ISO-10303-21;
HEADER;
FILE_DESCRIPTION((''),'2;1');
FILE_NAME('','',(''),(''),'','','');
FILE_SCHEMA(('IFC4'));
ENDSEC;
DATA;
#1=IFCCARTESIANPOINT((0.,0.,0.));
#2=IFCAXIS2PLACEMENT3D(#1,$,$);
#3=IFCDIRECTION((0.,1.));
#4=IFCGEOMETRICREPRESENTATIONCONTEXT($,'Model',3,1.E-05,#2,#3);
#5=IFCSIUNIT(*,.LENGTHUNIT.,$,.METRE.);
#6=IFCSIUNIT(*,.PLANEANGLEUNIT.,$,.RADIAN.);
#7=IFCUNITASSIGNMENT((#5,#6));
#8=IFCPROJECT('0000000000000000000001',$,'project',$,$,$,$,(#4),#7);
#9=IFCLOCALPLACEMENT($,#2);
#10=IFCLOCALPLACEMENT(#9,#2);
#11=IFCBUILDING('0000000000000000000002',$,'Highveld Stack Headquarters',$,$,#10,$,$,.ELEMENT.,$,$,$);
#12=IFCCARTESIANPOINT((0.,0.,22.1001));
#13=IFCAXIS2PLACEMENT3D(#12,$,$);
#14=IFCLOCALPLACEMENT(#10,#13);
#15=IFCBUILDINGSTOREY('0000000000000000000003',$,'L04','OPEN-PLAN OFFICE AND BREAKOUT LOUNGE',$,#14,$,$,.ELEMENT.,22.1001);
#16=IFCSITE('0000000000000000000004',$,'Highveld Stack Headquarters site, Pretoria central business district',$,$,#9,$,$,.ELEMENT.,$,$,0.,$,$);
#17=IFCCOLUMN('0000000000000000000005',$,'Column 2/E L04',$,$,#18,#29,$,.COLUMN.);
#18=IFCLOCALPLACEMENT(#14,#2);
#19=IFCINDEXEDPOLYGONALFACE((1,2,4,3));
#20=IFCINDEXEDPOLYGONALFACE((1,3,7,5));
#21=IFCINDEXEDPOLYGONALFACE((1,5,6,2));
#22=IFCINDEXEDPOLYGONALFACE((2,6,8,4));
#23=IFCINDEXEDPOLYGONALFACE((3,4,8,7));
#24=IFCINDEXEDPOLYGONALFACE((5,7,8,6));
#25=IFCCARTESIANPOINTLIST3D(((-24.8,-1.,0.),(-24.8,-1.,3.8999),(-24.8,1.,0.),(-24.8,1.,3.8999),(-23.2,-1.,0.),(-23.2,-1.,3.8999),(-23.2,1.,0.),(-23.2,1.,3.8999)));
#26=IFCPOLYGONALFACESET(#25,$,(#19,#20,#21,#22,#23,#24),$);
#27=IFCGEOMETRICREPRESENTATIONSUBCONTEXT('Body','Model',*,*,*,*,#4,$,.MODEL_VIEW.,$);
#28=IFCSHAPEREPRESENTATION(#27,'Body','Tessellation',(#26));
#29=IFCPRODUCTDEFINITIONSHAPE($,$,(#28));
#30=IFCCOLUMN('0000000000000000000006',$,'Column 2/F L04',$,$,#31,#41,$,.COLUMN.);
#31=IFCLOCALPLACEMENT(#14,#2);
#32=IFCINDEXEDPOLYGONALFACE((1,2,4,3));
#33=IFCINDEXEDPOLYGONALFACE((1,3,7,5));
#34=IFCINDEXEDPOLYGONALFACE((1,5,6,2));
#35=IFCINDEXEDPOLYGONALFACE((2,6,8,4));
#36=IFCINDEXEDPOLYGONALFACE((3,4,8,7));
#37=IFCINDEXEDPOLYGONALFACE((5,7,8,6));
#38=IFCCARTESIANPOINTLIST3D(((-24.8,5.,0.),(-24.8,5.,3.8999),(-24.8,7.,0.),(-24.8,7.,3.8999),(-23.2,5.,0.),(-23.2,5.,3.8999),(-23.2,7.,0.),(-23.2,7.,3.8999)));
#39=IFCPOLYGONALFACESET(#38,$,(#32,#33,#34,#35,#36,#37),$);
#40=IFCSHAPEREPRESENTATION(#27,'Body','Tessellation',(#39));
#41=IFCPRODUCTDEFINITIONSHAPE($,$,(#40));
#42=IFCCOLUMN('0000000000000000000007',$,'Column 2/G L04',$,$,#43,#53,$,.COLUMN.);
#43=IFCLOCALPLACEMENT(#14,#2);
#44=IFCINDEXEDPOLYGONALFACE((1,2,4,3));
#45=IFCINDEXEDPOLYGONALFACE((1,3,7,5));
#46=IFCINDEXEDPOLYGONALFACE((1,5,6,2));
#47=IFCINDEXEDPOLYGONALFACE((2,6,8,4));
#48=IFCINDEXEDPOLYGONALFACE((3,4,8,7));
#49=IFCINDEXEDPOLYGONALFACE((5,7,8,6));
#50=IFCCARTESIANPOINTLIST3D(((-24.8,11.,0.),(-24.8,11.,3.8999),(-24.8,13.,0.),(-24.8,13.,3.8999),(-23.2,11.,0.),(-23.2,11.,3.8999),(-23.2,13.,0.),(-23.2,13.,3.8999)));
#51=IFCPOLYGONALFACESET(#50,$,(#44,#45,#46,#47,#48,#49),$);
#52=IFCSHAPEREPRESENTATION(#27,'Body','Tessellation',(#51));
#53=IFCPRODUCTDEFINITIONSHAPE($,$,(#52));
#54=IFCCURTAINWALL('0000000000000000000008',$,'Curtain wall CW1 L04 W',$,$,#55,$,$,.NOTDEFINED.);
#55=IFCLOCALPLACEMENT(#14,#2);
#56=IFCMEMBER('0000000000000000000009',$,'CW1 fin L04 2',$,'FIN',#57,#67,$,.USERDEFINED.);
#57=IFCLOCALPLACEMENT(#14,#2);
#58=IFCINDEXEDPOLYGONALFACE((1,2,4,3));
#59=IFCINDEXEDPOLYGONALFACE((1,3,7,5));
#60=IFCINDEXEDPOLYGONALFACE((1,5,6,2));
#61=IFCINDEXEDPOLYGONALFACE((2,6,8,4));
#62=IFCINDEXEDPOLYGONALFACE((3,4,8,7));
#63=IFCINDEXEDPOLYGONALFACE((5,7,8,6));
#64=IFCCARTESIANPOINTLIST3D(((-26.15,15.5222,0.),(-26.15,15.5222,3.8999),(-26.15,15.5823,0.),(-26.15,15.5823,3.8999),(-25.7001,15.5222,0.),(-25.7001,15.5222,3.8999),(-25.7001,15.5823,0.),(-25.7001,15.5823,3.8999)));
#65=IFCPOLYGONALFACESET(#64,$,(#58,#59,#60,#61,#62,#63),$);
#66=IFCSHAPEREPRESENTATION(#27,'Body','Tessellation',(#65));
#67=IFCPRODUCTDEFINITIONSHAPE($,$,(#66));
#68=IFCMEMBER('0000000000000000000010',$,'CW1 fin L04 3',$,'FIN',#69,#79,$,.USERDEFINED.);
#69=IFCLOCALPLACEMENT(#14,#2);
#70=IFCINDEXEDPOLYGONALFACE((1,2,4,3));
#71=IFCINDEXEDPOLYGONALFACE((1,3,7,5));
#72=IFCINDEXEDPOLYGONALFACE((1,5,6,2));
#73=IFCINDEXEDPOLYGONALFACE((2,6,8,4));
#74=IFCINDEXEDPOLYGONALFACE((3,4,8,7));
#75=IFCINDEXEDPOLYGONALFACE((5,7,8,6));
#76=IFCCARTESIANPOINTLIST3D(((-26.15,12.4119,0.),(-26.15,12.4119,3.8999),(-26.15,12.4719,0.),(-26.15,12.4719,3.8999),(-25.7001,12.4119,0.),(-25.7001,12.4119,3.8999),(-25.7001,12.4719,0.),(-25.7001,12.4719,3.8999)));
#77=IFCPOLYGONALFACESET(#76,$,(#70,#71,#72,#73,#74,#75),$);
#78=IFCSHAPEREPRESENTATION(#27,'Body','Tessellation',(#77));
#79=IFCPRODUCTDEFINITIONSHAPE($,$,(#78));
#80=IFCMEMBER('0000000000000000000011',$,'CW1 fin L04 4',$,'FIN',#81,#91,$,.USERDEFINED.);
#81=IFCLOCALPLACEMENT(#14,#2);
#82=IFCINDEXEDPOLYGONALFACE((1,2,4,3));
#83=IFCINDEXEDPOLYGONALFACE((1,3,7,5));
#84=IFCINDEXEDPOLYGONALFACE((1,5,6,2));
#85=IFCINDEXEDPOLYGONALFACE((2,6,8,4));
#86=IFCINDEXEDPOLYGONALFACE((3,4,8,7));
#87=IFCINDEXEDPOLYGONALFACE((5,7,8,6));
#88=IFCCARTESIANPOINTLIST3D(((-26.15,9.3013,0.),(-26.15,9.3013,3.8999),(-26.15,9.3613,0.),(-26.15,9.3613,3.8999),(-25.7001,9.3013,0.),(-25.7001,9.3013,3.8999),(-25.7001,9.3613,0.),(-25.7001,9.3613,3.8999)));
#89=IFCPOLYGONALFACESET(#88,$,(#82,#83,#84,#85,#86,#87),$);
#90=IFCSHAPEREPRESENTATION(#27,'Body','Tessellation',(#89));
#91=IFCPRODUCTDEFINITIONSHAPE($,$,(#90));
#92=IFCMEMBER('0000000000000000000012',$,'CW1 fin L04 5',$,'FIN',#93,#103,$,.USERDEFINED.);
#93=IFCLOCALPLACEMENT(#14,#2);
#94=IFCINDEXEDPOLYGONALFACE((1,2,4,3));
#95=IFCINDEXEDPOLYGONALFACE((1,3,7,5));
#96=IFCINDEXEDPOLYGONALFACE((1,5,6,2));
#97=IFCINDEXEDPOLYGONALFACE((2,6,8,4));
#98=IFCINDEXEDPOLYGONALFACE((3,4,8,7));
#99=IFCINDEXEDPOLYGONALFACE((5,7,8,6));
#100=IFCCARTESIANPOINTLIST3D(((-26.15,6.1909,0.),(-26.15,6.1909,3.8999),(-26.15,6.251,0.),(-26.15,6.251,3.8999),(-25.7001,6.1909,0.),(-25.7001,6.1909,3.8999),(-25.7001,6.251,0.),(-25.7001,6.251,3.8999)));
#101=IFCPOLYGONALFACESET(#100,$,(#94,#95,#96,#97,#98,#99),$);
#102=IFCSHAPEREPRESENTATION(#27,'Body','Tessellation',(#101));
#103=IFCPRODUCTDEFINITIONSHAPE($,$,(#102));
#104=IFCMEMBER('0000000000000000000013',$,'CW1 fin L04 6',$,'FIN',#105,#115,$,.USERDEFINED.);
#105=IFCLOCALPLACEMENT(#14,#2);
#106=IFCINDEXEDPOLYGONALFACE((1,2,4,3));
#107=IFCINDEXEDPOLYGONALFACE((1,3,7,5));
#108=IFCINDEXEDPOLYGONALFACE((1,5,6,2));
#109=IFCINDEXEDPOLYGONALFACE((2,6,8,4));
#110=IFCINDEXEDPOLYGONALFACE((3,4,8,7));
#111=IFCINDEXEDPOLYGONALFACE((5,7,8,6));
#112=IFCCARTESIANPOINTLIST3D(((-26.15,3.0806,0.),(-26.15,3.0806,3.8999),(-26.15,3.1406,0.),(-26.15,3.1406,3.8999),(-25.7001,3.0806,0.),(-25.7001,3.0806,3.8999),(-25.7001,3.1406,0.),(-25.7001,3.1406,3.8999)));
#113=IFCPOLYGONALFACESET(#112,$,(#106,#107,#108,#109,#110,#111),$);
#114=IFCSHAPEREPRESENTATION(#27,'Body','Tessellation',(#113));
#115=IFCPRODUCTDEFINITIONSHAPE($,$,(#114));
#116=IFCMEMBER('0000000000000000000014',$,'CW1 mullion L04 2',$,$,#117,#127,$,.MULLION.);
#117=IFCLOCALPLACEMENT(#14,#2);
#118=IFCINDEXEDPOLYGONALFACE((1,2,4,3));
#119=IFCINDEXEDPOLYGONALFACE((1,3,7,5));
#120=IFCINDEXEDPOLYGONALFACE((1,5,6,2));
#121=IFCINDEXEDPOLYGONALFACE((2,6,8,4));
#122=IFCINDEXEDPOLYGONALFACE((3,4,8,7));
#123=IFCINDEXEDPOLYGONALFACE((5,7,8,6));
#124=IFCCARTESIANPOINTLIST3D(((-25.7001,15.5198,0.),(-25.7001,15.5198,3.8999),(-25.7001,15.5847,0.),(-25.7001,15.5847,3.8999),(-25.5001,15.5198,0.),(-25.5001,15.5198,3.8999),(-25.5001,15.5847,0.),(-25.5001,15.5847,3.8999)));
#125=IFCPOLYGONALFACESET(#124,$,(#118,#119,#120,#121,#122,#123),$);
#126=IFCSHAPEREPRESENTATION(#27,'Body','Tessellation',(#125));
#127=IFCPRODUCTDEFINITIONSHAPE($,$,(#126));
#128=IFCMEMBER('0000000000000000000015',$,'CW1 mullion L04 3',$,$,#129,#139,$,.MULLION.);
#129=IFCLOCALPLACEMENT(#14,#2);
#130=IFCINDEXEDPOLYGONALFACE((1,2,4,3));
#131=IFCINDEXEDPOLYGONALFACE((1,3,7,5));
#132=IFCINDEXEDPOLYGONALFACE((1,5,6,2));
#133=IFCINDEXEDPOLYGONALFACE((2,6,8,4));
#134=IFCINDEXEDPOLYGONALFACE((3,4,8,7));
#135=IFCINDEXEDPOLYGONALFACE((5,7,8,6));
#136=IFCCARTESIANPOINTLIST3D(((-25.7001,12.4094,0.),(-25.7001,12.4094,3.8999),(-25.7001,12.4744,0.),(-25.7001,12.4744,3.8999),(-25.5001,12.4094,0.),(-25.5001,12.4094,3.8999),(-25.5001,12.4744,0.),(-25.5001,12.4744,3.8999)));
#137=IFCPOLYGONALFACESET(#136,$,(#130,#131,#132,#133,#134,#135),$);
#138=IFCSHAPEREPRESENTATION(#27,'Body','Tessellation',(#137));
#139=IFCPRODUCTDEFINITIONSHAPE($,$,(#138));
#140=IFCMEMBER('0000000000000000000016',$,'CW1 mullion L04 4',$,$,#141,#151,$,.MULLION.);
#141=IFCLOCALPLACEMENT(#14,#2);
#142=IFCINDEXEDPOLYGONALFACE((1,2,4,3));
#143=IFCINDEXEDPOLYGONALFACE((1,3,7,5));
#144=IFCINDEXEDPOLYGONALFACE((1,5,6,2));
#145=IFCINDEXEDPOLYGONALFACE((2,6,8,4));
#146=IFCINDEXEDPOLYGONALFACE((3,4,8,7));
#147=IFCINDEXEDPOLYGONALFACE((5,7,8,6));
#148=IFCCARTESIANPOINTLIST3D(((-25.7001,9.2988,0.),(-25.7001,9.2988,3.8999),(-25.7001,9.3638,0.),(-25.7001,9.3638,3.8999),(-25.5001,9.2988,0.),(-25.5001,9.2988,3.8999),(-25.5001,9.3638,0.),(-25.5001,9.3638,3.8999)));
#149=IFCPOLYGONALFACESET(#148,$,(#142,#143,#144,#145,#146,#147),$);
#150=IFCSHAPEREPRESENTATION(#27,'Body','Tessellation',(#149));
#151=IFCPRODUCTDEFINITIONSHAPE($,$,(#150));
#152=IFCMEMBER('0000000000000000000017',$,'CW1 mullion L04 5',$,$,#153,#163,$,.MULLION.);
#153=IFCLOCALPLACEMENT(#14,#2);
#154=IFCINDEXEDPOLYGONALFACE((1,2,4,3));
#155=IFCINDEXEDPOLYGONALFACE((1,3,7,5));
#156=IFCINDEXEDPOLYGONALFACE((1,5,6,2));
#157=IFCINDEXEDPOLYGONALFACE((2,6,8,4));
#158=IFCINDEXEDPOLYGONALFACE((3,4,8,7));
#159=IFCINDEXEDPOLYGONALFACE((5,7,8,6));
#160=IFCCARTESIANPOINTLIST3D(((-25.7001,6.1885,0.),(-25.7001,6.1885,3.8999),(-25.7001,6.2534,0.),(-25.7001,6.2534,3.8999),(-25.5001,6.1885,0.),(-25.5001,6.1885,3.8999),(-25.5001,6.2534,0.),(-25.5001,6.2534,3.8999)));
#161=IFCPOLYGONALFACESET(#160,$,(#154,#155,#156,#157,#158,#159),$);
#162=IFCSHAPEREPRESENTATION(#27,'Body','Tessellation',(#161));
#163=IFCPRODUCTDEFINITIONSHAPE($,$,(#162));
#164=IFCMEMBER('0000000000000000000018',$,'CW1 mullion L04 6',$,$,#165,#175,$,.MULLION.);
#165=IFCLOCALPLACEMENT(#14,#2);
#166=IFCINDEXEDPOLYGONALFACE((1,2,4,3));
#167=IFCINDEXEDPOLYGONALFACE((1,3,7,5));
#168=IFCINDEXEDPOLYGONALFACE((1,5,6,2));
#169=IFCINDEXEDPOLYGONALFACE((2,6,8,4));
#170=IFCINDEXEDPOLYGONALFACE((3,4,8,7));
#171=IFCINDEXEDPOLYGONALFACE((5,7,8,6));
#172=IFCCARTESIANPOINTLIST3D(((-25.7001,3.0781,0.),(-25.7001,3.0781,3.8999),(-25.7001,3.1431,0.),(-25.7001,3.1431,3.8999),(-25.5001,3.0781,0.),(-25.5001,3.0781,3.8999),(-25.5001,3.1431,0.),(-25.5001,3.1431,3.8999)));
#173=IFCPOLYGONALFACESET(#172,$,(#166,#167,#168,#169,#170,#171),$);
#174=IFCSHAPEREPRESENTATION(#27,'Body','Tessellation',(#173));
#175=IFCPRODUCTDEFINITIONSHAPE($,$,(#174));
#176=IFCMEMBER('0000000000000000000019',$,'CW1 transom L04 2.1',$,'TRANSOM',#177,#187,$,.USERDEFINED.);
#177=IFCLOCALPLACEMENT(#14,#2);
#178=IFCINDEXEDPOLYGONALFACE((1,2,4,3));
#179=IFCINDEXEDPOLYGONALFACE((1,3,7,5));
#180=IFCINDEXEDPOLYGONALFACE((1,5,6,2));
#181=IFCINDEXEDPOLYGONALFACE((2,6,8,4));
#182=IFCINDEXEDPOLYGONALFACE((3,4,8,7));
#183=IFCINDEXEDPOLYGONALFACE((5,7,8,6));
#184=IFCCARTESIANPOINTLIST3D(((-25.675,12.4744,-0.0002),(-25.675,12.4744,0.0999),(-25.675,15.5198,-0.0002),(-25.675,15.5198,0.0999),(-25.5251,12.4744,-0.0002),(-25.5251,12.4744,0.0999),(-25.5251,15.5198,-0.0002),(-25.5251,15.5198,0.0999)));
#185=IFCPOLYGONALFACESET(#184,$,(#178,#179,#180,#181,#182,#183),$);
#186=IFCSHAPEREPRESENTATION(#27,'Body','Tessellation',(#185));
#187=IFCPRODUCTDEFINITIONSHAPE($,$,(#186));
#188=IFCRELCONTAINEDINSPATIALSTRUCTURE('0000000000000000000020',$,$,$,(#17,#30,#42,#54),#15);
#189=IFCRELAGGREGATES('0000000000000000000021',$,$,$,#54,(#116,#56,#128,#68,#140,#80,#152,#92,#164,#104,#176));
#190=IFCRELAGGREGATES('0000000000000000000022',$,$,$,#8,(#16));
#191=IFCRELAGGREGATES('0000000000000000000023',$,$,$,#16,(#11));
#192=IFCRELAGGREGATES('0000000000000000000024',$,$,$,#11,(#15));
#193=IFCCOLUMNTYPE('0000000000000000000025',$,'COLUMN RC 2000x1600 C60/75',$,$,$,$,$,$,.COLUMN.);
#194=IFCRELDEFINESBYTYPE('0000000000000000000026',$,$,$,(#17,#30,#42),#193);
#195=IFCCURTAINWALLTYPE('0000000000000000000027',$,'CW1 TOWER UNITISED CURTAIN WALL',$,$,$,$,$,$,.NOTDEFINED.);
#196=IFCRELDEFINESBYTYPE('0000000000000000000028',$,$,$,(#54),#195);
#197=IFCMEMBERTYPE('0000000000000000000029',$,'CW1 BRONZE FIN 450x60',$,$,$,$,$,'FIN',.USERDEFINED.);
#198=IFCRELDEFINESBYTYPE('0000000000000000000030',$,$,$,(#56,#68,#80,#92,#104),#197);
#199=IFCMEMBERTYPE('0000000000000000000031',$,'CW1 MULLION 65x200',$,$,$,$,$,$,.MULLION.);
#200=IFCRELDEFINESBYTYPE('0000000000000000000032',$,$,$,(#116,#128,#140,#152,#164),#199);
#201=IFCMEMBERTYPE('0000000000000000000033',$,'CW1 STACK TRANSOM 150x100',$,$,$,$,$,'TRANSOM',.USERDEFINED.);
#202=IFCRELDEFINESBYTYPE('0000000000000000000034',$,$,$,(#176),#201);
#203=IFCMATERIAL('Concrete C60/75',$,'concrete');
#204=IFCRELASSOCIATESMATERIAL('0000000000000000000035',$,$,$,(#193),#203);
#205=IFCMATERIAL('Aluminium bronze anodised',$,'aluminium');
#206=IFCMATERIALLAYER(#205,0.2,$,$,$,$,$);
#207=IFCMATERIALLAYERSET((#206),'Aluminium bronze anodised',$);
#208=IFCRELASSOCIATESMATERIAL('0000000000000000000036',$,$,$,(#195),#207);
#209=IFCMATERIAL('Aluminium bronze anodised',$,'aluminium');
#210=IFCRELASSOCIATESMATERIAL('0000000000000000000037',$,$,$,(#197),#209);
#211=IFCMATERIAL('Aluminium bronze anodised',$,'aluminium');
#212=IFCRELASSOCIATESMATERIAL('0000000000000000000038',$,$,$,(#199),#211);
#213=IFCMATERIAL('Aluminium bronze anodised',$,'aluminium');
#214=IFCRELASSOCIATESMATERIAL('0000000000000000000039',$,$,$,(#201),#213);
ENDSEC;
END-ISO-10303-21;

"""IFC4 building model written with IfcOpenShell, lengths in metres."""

from ifc_helpers import new_model, si_unit, direction, frame, origin, origin_2d, place, context, subcontext, project, spatial, rectangle, extrude, material, layer, layer_set, material_profile, profile_set, type_object, element, aggregate, save


model = new_model("IFC4")

# Units and contexts
model_context = context("Model", 3, precision=1e-05, world=origin(), true_north=direction((0.0, 1.0)))
body_context = subcontext(model_context, "Body", "Model", "MODEL_VIEW")
ifc_project = project(units=[si_unit("LENGTHUNIT", "METRE"), si_unit("PLANEANGLEUNIT", "RADIAN")], contexts=[model_context])

# Site, building, storey
site_placement = place(None, origin())
site = spatial("IfcSite", under=ifc_project, at=site_placement, Name="Highveld Stack Headquarters site, Pretoria central business district", CompositionType="ELEMENT", RefElevation=0.0)
building_placement = place(site_placement, origin())
building = spatial("IfcBuilding", under=site, at=building_placement, Name="Highveld Stack Headquarters", CompositionType="ELEMENT")
storey_placement = place(building_placement, frame((0.0, 0.0, 22.1001)))
storey = spatial("IfcBuildingStorey", under=building, at=storey_placement, Name="L04", Description="OPEN-PLAN OFFICE AND BREAKOUT LOUNGE", CompositionType="ELEMENT", Elevation=22.1001)

# Columns
ifc_material_1 = material(Name="Concrete C60/75", Category="concrete")
ifc_material_profile_1 = material_profile(ifc_material_1, rectangle(XDim=2.0, YDim=1.6001, at=origin_2d()), Name="RC 2000x1600")
ifc_profile_set_1 = profile_set([ifc_material_profile_1], Name="Concrete C60/75")
column_type = type_object("IfcColumnType", Name="COLUMN RC 2000x1600 C60/75", PredefinedType="COLUMN", material=ifc_profile_set_1)
for number, where, z_axis, x_axis, name in (
    (1, (-24.0, 0.0, 0.0), (0.0, 0.0, 1.0), (0.0, 1.0, 0.0), "Column 2/E L04"),
    (2, (-24.0, 6.0, 0.0), (0.0, 0.0, 1.0), (0.0, 1.0, 0.0), "Column 2/F L04"),
    (3, (-24.0, 12.0, 0.0), (0.0, 0.0, 1.0), (0.0, 1.0, 0.0), "Column 2/G L04"),
):
    element("IfcColumn", number, at=place(storey_placement, frame(where, z_axis=z_axis, x_axis=x_axis)), inside=storey, type_object=column_type, Name=name, PredefinedType="COLUMN", context=body_context, shape_type="SweptSolid", body=[
        extrude(rectangle(XDim=2.0, YDim=1.6001, at=origin_2d()), origin(), (0.0, 0.0, 1.0), 3.8999),
    ])

# Curtain wall, members
ifc_material_2 = material(Name="Aluminium bronze anodised", Category="aluminium")
ifc_layer_1 = layer(ifc_material_2, 0.2)
ifc_layer_set_1 = layer_set([ifc_layer_1], Name="Aluminium bronze anodised")
curtain_wall_type = type_object("IfcCurtainWallType", Name="CW1 TOWER UNITISED CURTAIN WALL", PredefinedType="NOTDEFINED", material=ifc_layer_set_1)
curtain_wall_placement = place(storey_placement, origin())
curtain_wall = element("IfcCurtainWall", 4, at=curtain_wall_placement, inside=storey, type_object=curtain_wall_type, Name="Curtain wall CW1 L04 W", PredefinedType="NOTDEFINED")
ifc_material_3 = material(Name="Aluminium bronze anodised", Category="aluminium")
ifc_material_profile_2 = material_profile(ifc_material_3, rectangle(XDim=0.45, YDim=0.0601, at=origin_2d()), Name="FIN 450x60")
ifc_profile_set_2 = profile_set([ifc_material_profile_2], Name="Aluminium bronze anodised")
member_type_1 = type_object("IfcMemberType", Name="CW1 BRONZE FIN 450x60", ElementType="FIN", PredefinedType="USERDEFINED", material=ifc_profile_set_2)
member_1_placement = place(storey_placement, frame((-25.925, 15.5522, 0.0), z_axis=(0.0, 0.0, 1.0), x_axis=(1.0, 0.0, 0.0)))
member_1 = element("IfcMember", 5, at=member_1_placement, type_object=member_type_1, Name="CW1 fin L04 2", ObjectType="FIN", PredefinedType="USERDEFINED", context=body_context, shape_type="SweptSolid", body=[
    extrude(rectangle(XDim=0.45, YDim=0.0601, at=origin_2d()), origin(), (0.0, 0.0, 1.0), 3.8999),
])
member_2_placement = place(storey_placement, frame((-25.925, 12.4419, 0.0), z_axis=(0.0, 0.0, 1.0), x_axis=(1.0, 0.0, 0.0)))
member_2 = element("IfcMember", 6, at=member_2_placement, type_object=member_type_1, Name="CW1 fin L04 3", ObjectType="FIN", PredefinedType="USERDEFINED", context=body_context, shape_type="SweptSolid", body=[
    extrude(rectangle(XDim=0.45, YDim=0.0601, at=origin_2d()), origin(), (0.0, 0.0, 1.0), 3.8999),
])
member_3_placement = place(storey_placement, frame((-25.925, 9.3313, 0.0), z_axis=(0.0, 0.0, 1.0), x_axis=(1.0, 0.0, 0.0)))
member_3 = element("IfcMember", 7, at=member_3_placement, type_object=member_type_1, Name="CW1 fin L04 4", ObjectType="FIN", PredefinedType="USERDEFINED", context=body_context, shape_type="SweptSolid", body=[
    extrude(rectangle(XDim=0.45, YDim=0.0601, at=origin_2d()), origin(), (0.0, 0.0, 1.0), 3.8999),
])
member_4_placement = place(storey_placement, frame((-25.925, 6.2209, 0.0), z_axis=(0.0, 0.0, 1.0), x_axis=(1.0, 0.0, 0.0)))
member_4 = element("IfcMember", 8, at=member_4_placement, type_object=member_type_1, Name="CW1 fin L04 5", ObjectType="FIN", PredefinedType="USERDEFINED", context=body_context, shape_type="SweptSolid", body=[
    extrude(rectangle(XDim=0.45, YDim=0.0601, at=origin_2d()), origin(), (0.0, 0.0, 1.0), 3.8999),
])
member_5_placement = place(storey_placement, frame((-25.925, 3.1106, 0.0), z_axis=(0.0, 0.0, 1.0), x_axis=(1.0, 0.0, 0.0)))
member_5 = element("IfcMember", 9, at=member_5_placement, type_object=member_type_1, Name="CW1 fin L04 6", ObjectType="FIN", PredefinedType="USERDEFINED", context=body_context, shape_type="SweptSolid", body=[
    extrude(rectangle(XDim=0.45, YDim=0.0601, at=origin_2d()), origin(), (0.0, 0.0, 1.0), 3.8999),
])
ifc_material_4 = material(Name="Aluminium bronze anodised", Category="aluminium")
ifc_material_profile_3 = material_profile(ifc_material_4, rectangle(XDim=0.2, YDim=0.0649, at=origin_2d()), Name="CW1 MULLION 65x200")
ifc_profile_set_3 = profile_set([ifc_material_profile_3], Name="Aluminium bronze anodised")
member_type_2 = type_object("IfcMemberType", Name="CW1 MULLION 65x200", PredefinedType="MULLION", material=ifc_profile_set_3)
member_6_placement = place(storey_placement, frame((-25.6001, 15.5522, 0.0), z_axis=(0.0, 0.0, 1.0), x_axis=(1.0, 0.0, 0.0)))
member_6 = element("IfcMember", 10, at=member_6_placement, type_object=member_type_2, Name="CW1 mullion L04 2", PredefinedType="MULLION", context=body_context, shape_type="SweptSolid", body=[
    extrude(rectangle(XDim=0.2, YDim=0.0649, at=origin_2d()), origin(), (0.0, 0.0, 1.0), 3.8999),
])
member_7_placement = place(storey_placement, frame((-25.6001, 12.4419, 0.0), z_axis=(0.0, 0.0, 1.0), x_axis=(1.0, 0.0, 0.0)))
member_7 = element("IfcMember", 11, at=member_7_placement, type_object=member_type_2, Name="CW1 mullion L04 3", PredefinedType="MULLION", context=body_context, shape_type="SweptSolid", body=[
    extrude(rectangle(XDim=0.2, YDim=0.0649, at=origin_2d()), origin(), (0.0, 0.0, 1.0), 3.8999),
])
member_8_placement = place(storey_placement, frame((-25.6001, 9.3313, 0.0), z_axis=(0.0, 0.0, 1.0), x_axis=(1.0, 0.0, 0.0)))
member_8 = element("IfcMember", 12, at=member_8_placement, type_object=member_type_2, Name="CW1 mullion L04 4", PredefinedType="MULLION", context=body_context, shape_type="SweptSolid", body=[
    extrude(rectangle(XDim=0.2, YDim=0.0649, at=origin_2d()), origin(), (0.0, 0.0, 1.0), 3.8999),
])
member_9_placement = place(storey_placement, frame((-25.6001, 6.2209, 0.0), z_axis=(0.0, 0.0, 1.0), x_axis=(1.0, 0.0, 0.0)))
member_9 = element("IfcMember", 13, at=member_9_placement, type_object=member_type_2, Name="CW1 mullion L04 5", PredefinedType="MULLION", context=body_context, shape_type="SweptSolid", body=[
    extrude(rectangle(XDim=0.2, YDim=0.0649, at=origin_2d()), origin(), (0.0, 0.0, 1.0), 3.8999),
])
member_10_placement = place(storey_placement, frame((-25.6001, 3.1106, 0.0), z_axis=(0.0, 0.0, 1.0), x_axis=(1.0, 0.0, 0.0)))
member_10 = element("IfcMember", 14, at=member_10_placement, type_object=member_type_2, Name="CW1 mullion L04 6", PredefinedType="MULLION", context=body_context, shape_type="SweptSolid", body=[
    extrude(rectangle(XDim=0.2, YDim=0.0649, at=origin_2d()), origin(), (0.0, 0.0, 1.0), 3.8999),
])
ifc_material_5 = material(Name="Aluminium bronze anodised", Category="aluminium")
ifc_material_profile_4 = material_profile(ifc_material_5, rectangle(XDim=0.1499, YDim=0.1001, at=origin_2d()), Name="CW1 TRANSOM 150x100")
ifc_profile_set_4 = profile_set([ifc_material_profile_4], Name="Aluminium bronze anodised")
member_type_3 = type_object("IfcMemberType", Name="CW1 STACK TRANSOM 150x100", ElementType="TRANSOM", PredefinedType="USERDEFINED", material=ifc_profile_set_4)
member_11_placement = place(storey_placement, frame((-25.6001, 15.5198, 0.0498), z_axis=(0.0, -1.0, 0.0), x_axis=(1.0, 0.0, 0.0)))
member_11 = element("IfcMember", 15, at=member_11_placement, type_object=member_type_3, Name="CW1 transom L04 2.1", ObjectType="TRANSOM", PredefinedType="USERDEFINED", context=body_context, shape_type="SweptSolid", body=[
    extrude(rectangle(XDim=0.1499, YDim=0.1001, at=origin_2d()), origin(), (0.0, 0.0, 1.0), 3.0454),
])
aggregate(curtain_wall, [member_6, member_1, member_7, member_2, member_8, member_3, member_9, member_4, member_10, member_5, member_11])

save(model, "model.ifc")
